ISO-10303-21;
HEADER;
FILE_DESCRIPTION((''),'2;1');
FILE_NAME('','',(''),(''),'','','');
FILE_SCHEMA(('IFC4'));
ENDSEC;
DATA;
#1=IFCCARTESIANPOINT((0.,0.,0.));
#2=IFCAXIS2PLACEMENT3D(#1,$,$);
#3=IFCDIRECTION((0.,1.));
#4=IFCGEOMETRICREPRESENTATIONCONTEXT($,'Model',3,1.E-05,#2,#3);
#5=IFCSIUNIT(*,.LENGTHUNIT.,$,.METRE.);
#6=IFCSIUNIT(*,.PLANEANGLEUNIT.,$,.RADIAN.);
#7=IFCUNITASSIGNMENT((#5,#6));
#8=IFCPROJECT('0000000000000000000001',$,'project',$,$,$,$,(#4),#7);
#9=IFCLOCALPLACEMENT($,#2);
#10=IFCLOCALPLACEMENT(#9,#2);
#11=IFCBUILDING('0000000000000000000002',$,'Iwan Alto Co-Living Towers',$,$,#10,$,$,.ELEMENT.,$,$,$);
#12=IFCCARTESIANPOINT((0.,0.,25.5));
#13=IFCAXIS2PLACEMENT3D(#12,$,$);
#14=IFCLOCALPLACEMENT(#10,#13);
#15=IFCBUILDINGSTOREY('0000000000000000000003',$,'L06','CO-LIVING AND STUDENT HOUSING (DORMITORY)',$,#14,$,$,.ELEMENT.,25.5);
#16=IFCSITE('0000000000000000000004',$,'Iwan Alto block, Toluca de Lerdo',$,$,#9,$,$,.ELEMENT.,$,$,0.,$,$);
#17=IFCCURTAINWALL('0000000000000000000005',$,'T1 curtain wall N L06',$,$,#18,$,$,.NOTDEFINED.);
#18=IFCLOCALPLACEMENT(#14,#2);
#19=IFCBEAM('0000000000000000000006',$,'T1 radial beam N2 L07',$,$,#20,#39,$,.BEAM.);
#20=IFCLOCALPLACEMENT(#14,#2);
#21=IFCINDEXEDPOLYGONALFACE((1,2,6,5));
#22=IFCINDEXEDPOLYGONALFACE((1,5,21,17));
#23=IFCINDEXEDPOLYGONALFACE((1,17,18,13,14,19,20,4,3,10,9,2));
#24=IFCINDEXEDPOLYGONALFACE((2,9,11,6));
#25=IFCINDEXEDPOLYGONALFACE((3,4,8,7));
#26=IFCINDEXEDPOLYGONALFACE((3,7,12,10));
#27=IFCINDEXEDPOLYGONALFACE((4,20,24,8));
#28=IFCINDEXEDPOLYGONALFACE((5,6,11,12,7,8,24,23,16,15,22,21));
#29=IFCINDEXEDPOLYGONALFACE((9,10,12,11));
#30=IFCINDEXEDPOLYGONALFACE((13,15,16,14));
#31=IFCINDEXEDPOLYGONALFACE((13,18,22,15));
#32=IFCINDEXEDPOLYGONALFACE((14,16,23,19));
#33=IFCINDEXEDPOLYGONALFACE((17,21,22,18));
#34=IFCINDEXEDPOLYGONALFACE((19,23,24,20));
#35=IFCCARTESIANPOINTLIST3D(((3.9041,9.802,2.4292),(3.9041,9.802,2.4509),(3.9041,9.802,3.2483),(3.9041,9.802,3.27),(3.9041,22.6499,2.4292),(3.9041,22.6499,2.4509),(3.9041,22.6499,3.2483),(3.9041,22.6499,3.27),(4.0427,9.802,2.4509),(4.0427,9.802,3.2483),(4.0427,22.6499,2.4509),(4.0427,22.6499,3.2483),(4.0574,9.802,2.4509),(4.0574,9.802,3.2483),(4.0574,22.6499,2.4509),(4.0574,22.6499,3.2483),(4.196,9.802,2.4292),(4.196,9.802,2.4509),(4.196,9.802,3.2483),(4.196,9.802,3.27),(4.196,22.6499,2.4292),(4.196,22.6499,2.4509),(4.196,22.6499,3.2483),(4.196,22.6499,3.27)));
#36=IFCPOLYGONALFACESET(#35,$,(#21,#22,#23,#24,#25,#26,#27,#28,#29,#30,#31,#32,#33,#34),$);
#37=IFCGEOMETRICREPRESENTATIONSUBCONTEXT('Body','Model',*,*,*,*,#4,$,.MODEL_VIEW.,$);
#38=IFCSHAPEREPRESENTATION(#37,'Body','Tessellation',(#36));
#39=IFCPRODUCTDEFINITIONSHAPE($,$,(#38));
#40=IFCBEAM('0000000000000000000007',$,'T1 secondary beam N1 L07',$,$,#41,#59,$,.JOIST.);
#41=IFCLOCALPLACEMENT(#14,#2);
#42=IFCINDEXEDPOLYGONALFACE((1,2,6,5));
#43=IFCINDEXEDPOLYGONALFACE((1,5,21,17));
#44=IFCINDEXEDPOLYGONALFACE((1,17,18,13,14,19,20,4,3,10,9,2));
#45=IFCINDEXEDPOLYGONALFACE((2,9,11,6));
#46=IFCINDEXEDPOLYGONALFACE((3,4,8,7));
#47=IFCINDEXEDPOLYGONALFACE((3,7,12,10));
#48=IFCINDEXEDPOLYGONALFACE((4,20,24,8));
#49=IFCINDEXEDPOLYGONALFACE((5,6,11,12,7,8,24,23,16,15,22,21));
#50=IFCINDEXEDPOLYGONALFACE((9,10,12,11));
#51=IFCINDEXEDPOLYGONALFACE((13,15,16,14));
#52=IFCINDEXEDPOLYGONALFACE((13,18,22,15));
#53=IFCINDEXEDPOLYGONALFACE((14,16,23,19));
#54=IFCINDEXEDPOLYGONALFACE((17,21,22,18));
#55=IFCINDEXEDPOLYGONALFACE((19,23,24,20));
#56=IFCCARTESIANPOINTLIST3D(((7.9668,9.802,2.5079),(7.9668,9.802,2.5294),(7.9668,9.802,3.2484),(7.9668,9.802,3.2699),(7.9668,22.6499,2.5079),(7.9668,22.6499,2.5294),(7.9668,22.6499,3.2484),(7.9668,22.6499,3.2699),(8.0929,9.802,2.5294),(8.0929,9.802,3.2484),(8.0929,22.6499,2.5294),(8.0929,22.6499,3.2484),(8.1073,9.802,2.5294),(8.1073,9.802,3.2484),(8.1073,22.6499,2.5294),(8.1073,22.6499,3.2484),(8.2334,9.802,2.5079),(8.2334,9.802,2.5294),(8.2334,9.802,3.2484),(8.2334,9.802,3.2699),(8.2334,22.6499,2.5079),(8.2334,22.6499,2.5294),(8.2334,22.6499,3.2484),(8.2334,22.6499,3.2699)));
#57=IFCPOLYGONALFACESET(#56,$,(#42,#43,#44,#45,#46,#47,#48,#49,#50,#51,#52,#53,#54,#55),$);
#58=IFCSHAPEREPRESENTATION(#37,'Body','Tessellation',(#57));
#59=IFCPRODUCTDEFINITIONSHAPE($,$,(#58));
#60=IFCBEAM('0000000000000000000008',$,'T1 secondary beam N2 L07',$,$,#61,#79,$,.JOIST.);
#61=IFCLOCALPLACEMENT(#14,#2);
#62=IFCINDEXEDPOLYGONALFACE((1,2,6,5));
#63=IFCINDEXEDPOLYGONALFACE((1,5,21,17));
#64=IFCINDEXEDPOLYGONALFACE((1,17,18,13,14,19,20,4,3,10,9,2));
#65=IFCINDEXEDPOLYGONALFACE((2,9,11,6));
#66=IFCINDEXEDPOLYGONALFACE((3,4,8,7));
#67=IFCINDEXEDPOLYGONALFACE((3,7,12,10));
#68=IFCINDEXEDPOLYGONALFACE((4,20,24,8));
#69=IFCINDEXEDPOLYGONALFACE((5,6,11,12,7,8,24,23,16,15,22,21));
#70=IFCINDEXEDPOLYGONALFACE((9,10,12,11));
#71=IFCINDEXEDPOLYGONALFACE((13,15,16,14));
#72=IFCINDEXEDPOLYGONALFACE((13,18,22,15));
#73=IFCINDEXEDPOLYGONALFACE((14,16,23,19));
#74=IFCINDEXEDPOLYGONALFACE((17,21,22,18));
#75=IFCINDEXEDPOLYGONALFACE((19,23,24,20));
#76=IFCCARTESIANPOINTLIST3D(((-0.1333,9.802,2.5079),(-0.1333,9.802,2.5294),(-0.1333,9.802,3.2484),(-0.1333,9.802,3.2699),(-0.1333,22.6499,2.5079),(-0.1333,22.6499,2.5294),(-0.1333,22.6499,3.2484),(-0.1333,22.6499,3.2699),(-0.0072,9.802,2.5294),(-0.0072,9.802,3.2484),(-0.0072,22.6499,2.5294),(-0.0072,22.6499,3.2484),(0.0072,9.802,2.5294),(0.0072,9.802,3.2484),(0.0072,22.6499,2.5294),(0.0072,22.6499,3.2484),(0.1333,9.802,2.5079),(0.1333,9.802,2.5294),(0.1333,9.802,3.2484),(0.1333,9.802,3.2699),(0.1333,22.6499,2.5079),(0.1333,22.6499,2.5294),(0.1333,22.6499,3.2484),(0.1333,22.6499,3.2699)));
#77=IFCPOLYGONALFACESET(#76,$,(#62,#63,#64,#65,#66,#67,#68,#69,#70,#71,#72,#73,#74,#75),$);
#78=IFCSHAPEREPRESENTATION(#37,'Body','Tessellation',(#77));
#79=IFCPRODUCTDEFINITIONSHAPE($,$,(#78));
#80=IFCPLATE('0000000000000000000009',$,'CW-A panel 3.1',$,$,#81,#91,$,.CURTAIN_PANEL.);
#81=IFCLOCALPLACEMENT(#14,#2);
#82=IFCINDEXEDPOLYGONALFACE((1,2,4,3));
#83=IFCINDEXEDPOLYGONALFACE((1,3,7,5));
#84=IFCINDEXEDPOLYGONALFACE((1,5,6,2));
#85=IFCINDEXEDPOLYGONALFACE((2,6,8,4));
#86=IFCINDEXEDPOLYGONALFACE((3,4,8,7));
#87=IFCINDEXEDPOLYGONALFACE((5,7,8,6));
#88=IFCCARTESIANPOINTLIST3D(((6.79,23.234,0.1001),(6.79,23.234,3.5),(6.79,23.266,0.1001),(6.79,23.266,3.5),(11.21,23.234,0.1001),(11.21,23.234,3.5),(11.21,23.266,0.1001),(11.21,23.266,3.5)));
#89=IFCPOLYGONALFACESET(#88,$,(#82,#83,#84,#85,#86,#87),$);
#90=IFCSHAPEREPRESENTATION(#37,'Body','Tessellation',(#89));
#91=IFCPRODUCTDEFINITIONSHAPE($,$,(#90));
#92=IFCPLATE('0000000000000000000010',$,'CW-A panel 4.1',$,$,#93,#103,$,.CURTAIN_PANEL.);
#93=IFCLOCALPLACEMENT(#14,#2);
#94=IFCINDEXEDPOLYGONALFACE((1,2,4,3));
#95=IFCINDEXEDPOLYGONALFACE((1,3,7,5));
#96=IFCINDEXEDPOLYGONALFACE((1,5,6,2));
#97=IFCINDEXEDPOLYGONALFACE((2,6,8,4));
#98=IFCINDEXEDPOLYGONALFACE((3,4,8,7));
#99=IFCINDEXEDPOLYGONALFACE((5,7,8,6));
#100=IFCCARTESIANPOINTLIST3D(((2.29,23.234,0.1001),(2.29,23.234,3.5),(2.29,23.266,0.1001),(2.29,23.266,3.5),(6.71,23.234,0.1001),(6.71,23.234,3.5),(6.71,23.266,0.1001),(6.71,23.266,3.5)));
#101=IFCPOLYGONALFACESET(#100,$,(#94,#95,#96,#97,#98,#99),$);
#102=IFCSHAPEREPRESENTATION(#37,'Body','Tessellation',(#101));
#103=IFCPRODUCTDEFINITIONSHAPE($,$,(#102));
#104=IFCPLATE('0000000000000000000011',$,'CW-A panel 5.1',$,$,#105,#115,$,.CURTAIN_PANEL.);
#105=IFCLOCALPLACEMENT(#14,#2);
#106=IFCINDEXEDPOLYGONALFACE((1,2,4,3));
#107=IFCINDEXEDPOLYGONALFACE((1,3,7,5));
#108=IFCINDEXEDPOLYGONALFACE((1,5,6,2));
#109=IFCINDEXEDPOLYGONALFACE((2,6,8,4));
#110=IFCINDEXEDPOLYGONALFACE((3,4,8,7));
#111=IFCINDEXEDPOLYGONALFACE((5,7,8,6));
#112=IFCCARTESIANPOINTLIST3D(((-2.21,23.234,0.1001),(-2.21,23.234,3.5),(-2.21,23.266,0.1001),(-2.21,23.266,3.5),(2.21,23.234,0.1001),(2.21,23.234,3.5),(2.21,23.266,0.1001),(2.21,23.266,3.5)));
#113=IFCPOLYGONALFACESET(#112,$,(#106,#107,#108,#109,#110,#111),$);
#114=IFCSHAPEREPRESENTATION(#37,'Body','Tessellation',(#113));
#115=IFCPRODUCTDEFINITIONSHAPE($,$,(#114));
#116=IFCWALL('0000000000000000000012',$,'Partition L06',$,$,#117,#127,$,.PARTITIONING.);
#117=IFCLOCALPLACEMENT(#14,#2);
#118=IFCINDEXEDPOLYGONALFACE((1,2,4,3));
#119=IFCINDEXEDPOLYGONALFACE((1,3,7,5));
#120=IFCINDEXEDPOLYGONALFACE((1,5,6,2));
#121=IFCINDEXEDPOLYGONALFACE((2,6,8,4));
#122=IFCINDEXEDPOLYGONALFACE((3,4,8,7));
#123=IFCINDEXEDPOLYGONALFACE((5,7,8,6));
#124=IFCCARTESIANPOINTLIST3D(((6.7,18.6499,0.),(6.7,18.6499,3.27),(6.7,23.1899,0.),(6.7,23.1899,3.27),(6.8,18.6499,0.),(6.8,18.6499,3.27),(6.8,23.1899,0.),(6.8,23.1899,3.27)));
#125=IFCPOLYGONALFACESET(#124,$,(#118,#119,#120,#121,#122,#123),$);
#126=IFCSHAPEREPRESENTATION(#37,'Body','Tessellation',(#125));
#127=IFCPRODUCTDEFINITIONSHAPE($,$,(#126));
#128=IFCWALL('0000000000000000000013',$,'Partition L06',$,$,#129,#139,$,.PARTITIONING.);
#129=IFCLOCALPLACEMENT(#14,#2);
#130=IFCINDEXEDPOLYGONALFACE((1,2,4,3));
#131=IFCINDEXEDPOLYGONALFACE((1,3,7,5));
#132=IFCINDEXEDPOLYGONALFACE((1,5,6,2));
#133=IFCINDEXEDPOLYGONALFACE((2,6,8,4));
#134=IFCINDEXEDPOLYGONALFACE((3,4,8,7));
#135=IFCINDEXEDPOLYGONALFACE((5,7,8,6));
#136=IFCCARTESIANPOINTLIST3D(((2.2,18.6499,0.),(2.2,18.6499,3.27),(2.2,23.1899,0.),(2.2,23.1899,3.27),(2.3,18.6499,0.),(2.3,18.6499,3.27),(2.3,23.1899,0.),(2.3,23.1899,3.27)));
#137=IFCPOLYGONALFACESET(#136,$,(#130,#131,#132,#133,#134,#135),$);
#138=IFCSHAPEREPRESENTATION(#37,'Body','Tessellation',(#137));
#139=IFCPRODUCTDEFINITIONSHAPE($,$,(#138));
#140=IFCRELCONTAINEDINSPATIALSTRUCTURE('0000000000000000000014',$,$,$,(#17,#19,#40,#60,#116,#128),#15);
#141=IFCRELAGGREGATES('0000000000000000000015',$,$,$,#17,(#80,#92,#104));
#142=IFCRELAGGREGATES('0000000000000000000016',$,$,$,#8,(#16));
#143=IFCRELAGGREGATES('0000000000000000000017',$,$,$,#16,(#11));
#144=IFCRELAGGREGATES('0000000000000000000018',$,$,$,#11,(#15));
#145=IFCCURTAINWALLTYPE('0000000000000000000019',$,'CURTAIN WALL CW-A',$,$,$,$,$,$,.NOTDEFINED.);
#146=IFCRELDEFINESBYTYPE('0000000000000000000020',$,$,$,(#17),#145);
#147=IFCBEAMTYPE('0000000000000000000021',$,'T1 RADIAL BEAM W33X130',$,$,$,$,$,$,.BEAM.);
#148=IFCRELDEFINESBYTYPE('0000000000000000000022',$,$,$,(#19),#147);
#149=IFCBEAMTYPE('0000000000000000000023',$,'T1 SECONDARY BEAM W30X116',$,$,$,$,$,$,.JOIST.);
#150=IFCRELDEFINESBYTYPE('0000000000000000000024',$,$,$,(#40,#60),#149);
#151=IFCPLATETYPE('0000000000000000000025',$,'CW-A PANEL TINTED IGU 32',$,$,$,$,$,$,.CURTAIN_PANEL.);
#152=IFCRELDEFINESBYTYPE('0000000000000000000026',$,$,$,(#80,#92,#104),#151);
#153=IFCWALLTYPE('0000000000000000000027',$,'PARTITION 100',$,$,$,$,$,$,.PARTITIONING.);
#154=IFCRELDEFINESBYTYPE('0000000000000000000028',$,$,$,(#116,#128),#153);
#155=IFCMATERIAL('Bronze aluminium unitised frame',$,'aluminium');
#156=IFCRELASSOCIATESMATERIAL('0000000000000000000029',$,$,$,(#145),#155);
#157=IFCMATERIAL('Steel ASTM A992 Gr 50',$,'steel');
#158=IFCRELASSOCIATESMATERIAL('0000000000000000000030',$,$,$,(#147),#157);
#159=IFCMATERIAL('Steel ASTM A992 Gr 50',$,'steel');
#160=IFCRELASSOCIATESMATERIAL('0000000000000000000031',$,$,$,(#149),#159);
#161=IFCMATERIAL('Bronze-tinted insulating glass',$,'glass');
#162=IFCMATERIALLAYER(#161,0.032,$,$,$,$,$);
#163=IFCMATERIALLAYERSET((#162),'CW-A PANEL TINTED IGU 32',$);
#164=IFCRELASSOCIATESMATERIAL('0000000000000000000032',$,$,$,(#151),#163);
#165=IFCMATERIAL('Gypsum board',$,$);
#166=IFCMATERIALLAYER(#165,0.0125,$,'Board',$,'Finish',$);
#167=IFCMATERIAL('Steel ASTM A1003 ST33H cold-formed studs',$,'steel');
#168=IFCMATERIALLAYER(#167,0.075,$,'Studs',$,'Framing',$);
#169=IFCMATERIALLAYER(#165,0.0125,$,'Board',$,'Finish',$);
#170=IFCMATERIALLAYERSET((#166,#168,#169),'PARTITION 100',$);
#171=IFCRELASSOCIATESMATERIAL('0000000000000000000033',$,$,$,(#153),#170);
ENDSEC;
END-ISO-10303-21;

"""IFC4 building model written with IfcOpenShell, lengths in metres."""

from ifc_helpers import new_model, si_unit, direction, frame, frame_2d, origin, origin_2d, place, context, subcontext, project, spatial, rectangle, i_section, extrude, material, layer, layer_set, material_profile, profile_set, type_object, element, aggregate, save


model = new_model("IFC4")

# Units and contexts
model_context = context("Model", 3, precision=1e-05, world=origin(), true_north=direction((0.0, 1.0)))
body_context = subcontext(model_context, "Body", "Model", "MODEL_VIEW")
ifc_project = project(units=[si_unit("LENGTHUNIT", "METRE"), si_unit("PLANEANGLEUNIT", "RADIAN")], contexts=[model_context])

# Site, building, storey
site_placement = place(None, origin())
site = spatial("IfcSite", under=ifc_project, at=site_placement, Name="Iwan Alto block, Toluca de Lerdo", CompositionType="ELEMENT", RefElevation=0.0)
building_placement = place(site_placement, origin())
building = spatial("IfcBuilding", under=site, at=building_placement, Name="Iwan Alto Co-Living Towers", CompositionType="ELEMENT")
storey_placement = place(building_placement, frame((0.0, 0.0, 25.5)))
storey = spatial("IfcBuildingStorey", under=building, at=storey_placement, Name="L06", Description="CO-LIVING AND STUDENT HOUSING (DORMITORY)", CompositionType="ELEMENT", Elevation=25.5)

# Curtain wall
ifc_material_1 = material(Name="Bronze aluminium unitised frame", Category="aluminium")
curtain_wall_type = type_object("IfcCurtainWallType", Name="CURTAIN WALL CW-A", PredefinedType="NOTDEFINED", material=ifc_material_1)
curtain_wall_placement = place(storey_placement, origin())
curtain_wall = element("IfcCurtainWall", 1, at=curtain_wall_placement, inside=storey, type_object=curtain_wall_type, Name="T1 curtain wall N L06", PredefinedType="NOTDEFINED")

# Beams
ifc_material_2 = material(Name="Steel ASTM A992 Gr 50", Category="steel")
ifc_material_profile_1 = material_profile(ifc_material_2, i_section(OverallWidth=0.292, OverallDepth=0.8408, WebThickness=0.0146, FlangeThickness=0.0217, at=origin_2d()), Name="W33X130")
ifc_profile_set_1 = profile_set([ifc_material_profile_1], Name="Steel ASTM A992 Gr 50")
beam_type_1 = type_object("IfcBeamType", Name="T1 RADIAL BEAM W33X130", PredefinedType="BEAM", material=ifc_profile_set_1)
beam_1_placement = place(storey_placement, frame((4.05, 22.6499, 2.8496), z_axis=(0.0, -1.0, 0.0), x_axis=(1.0, 0.0, 0.0)))
element("IfcBeam", 2, at=beam_1_placement, inside=storey, type_object=beam_type_1, Name="T1 radial beam N2 L07", PredefinedType="BEAM", context=body_context, shape_type="SweptSolid", body=[
    extrude(i_section(OverallWidth=0.292, OverallDepth=0.8408, WebThickness=0.0146, FlangeThickness=0.0217, at=origin_2d()), origin(), (0.0, 0.0, 1.0), 12.8479),
])
ifc_material_3 = material(Name="Steel ASTM A992 Gr 50", Category="steel")
ifc_material_profile_2 = material_profile(ifc_material_3, i_section(OverallWidth=0.2666, OverallDepth=0.762, WebThickness=0.0144, FlangeThickness=0.0215, at=origin_2d()), Name="W30X116")
ifc_profile_set_2 = profile_set([ifc_material_profile_2], Name="Steel ASTM A992 Gr 50")
beam_type_2 = type_object("IfcBeamType", Name="T1 SECONDARY BEAM W30X116", PredefinedType="JOIST", material=ifc_profile_set_2)
for number, where, z_axis, x_axis, name in (
    (3, (8.1001, 22.6499, 2.8889), (0.0, -1.0, 0.0), (1.0, 0.0, 0.0), "T1 secondary beam N1 L07"),
    (4, (0.0, 22.6499, 2.8889), (0.0, -1.0, 0.0), (1.0, 0.0, 0.0), "T1 secondary beam N2 L07"),
):
    element("IfcBeam", number, at=place(storey_placement, frame(where, z_axis=z_axis, x_axis=x_axis)), inside=storey, type_object=beam_type_2, Name=name, PredefinedType="JOIST", context=body_context, shape_type="SweptSolid", body=[
        extrude(i_section(OverallWidth=0.2666, OverallDepth=0.762, WebThickness=0.0144, FlangeThickness=0.0215, at=origin_2d()), origin(), (0.0, 0.0, 1.0), 12.8479),
    ])

# Plates
ifc_material_4 = material(Name="Bronze-tinted insulating glass", Category="glass")
ifc_layer_1 = layer(ifc_material_4, 0.032)
ifc_layer_set_1 = layer_set([ifc_layer_1], Name="CW-A PANEL TINTED IGU 32")
plate_type = type_object("IfcPlateType", Name="CW-A PANEL TINTED IGU 32", PredefinedType="CURTAIN_PANEL", material=ifc_layer_set_1)
plate_1_placement = place(storey_placement, frame((9.0, 23.25, 0.1001), z_axis=(0.0, 0.0, 1.0), x_axis=(-1.0, 0.0, 0.0)))
plate_1 = element("IfcPlate", 5, at=plate_1_placement, type_object=plate_type, Name="CW-A panel 3.1", PredefinedType="CURTAIN_PANEL", context=body_context, shape_type="SweptSolid", body=[
    extrude(rectangle(XDim=4.4199, YDim=0.032, at=origin_2d()), origin(), (0.0, 0.0, 1.0), 3.3999),
])
plate_2_placement = place(storey_placement, frame((4.5, 23.25, 0.1001), z_axis=(0.0, 0.0, 1.0), x_axis=(-1.0, 0.0, 0.0)))
plate_2 = element("IfcPlate", 6, at=plate_2_placement, type_object=plate_type, Name="CW-A panel 4.1", PredefinedType="CURTAIN_PANEL", context=body_context, shape_type="SweptSolid", body=[
    extrude(rectangle(XDim=4.4199, YDim=0.032, at=origin_2d()), origin(), (0.0, 0.0, 1.0), 3.3999),
])
plate_3_placement = place(storey_placement, frame((0.0, 23.25, 0.1001), z_axis=(0.0, 0.0, 1.0), x_axis=(-1.0, 0.0, 0.0)))
plate_3 = element("IfcPlate", 7, at=plate_3_placement, type_object=plate_type, Name="CW-A panel 5.1", PredefinedType="CURTAIN_PANEL", context=body_context, shape_type="SweptSolid", body=[
    extrude(rectangle(XDim=4.4199, YDim=0.032, at=origin_2d()), origin(), (0.0, 0.0, 1.0), 3.3999),
])
aggregate(curtain_wall, [plate_1, plate_2, plate_3])

# Walls
ifc_material_5 = material(Name="Gypsum board")
ifc_layer_2 = layer(ifc_material_5, 0.0125, Name="Board", Category="Finish")
ifc_material_6 = material(Name="Steel ASTM A1003 ST33H cold-formed studs", Category="steel")
ifc_layer_3 = layer(ifc_material_6, 0.075, Name="Studs", Category="Framing")
ifc_layer_4 = layer(ifc_material_5, 0.0125, Name="Board", Category="Finish")
ifc_layer_set_2 = layer_set([ifc_layer_2, ifc_layer_3, ifc_layer_4], Name="PARTITION 100")
wall_type_1 = type_object("IfcWallType", Name="PARTITION 100", PredefinedType="PARTITIONING", material=ifc_layer_set_2)
for number, where, z_axis, x_axis, name in (
    (8, (6.75, 18.6499, 0.0), (0.0, 0.0, 1.0), (0.0, 1.0, 0.0), "Partition L06"),
    (9, (2.25, 18.6499, 0.0), (0.0, 0.0, 1.0), (0.0, 1.0, 0.0), "Partition L06"),
):
    element("IfcWall", number, at=place(storey_placement, frame(where, z_axis=z_axis, x_axis=x_axis)), inside=storey, type_object=wall_type_1, Name=name, PredefinedType="PARTITIONING", context=body_context, shape_type="SweptSolid", body=[
        extrude(rectangle(XDim=4.54, YDim=0.1001, at=frame_2d((2.27, 0.0))), origin(), (0.0, 0.0, 1.0), 3.27),
    ])

save(model, "model.ifc")
